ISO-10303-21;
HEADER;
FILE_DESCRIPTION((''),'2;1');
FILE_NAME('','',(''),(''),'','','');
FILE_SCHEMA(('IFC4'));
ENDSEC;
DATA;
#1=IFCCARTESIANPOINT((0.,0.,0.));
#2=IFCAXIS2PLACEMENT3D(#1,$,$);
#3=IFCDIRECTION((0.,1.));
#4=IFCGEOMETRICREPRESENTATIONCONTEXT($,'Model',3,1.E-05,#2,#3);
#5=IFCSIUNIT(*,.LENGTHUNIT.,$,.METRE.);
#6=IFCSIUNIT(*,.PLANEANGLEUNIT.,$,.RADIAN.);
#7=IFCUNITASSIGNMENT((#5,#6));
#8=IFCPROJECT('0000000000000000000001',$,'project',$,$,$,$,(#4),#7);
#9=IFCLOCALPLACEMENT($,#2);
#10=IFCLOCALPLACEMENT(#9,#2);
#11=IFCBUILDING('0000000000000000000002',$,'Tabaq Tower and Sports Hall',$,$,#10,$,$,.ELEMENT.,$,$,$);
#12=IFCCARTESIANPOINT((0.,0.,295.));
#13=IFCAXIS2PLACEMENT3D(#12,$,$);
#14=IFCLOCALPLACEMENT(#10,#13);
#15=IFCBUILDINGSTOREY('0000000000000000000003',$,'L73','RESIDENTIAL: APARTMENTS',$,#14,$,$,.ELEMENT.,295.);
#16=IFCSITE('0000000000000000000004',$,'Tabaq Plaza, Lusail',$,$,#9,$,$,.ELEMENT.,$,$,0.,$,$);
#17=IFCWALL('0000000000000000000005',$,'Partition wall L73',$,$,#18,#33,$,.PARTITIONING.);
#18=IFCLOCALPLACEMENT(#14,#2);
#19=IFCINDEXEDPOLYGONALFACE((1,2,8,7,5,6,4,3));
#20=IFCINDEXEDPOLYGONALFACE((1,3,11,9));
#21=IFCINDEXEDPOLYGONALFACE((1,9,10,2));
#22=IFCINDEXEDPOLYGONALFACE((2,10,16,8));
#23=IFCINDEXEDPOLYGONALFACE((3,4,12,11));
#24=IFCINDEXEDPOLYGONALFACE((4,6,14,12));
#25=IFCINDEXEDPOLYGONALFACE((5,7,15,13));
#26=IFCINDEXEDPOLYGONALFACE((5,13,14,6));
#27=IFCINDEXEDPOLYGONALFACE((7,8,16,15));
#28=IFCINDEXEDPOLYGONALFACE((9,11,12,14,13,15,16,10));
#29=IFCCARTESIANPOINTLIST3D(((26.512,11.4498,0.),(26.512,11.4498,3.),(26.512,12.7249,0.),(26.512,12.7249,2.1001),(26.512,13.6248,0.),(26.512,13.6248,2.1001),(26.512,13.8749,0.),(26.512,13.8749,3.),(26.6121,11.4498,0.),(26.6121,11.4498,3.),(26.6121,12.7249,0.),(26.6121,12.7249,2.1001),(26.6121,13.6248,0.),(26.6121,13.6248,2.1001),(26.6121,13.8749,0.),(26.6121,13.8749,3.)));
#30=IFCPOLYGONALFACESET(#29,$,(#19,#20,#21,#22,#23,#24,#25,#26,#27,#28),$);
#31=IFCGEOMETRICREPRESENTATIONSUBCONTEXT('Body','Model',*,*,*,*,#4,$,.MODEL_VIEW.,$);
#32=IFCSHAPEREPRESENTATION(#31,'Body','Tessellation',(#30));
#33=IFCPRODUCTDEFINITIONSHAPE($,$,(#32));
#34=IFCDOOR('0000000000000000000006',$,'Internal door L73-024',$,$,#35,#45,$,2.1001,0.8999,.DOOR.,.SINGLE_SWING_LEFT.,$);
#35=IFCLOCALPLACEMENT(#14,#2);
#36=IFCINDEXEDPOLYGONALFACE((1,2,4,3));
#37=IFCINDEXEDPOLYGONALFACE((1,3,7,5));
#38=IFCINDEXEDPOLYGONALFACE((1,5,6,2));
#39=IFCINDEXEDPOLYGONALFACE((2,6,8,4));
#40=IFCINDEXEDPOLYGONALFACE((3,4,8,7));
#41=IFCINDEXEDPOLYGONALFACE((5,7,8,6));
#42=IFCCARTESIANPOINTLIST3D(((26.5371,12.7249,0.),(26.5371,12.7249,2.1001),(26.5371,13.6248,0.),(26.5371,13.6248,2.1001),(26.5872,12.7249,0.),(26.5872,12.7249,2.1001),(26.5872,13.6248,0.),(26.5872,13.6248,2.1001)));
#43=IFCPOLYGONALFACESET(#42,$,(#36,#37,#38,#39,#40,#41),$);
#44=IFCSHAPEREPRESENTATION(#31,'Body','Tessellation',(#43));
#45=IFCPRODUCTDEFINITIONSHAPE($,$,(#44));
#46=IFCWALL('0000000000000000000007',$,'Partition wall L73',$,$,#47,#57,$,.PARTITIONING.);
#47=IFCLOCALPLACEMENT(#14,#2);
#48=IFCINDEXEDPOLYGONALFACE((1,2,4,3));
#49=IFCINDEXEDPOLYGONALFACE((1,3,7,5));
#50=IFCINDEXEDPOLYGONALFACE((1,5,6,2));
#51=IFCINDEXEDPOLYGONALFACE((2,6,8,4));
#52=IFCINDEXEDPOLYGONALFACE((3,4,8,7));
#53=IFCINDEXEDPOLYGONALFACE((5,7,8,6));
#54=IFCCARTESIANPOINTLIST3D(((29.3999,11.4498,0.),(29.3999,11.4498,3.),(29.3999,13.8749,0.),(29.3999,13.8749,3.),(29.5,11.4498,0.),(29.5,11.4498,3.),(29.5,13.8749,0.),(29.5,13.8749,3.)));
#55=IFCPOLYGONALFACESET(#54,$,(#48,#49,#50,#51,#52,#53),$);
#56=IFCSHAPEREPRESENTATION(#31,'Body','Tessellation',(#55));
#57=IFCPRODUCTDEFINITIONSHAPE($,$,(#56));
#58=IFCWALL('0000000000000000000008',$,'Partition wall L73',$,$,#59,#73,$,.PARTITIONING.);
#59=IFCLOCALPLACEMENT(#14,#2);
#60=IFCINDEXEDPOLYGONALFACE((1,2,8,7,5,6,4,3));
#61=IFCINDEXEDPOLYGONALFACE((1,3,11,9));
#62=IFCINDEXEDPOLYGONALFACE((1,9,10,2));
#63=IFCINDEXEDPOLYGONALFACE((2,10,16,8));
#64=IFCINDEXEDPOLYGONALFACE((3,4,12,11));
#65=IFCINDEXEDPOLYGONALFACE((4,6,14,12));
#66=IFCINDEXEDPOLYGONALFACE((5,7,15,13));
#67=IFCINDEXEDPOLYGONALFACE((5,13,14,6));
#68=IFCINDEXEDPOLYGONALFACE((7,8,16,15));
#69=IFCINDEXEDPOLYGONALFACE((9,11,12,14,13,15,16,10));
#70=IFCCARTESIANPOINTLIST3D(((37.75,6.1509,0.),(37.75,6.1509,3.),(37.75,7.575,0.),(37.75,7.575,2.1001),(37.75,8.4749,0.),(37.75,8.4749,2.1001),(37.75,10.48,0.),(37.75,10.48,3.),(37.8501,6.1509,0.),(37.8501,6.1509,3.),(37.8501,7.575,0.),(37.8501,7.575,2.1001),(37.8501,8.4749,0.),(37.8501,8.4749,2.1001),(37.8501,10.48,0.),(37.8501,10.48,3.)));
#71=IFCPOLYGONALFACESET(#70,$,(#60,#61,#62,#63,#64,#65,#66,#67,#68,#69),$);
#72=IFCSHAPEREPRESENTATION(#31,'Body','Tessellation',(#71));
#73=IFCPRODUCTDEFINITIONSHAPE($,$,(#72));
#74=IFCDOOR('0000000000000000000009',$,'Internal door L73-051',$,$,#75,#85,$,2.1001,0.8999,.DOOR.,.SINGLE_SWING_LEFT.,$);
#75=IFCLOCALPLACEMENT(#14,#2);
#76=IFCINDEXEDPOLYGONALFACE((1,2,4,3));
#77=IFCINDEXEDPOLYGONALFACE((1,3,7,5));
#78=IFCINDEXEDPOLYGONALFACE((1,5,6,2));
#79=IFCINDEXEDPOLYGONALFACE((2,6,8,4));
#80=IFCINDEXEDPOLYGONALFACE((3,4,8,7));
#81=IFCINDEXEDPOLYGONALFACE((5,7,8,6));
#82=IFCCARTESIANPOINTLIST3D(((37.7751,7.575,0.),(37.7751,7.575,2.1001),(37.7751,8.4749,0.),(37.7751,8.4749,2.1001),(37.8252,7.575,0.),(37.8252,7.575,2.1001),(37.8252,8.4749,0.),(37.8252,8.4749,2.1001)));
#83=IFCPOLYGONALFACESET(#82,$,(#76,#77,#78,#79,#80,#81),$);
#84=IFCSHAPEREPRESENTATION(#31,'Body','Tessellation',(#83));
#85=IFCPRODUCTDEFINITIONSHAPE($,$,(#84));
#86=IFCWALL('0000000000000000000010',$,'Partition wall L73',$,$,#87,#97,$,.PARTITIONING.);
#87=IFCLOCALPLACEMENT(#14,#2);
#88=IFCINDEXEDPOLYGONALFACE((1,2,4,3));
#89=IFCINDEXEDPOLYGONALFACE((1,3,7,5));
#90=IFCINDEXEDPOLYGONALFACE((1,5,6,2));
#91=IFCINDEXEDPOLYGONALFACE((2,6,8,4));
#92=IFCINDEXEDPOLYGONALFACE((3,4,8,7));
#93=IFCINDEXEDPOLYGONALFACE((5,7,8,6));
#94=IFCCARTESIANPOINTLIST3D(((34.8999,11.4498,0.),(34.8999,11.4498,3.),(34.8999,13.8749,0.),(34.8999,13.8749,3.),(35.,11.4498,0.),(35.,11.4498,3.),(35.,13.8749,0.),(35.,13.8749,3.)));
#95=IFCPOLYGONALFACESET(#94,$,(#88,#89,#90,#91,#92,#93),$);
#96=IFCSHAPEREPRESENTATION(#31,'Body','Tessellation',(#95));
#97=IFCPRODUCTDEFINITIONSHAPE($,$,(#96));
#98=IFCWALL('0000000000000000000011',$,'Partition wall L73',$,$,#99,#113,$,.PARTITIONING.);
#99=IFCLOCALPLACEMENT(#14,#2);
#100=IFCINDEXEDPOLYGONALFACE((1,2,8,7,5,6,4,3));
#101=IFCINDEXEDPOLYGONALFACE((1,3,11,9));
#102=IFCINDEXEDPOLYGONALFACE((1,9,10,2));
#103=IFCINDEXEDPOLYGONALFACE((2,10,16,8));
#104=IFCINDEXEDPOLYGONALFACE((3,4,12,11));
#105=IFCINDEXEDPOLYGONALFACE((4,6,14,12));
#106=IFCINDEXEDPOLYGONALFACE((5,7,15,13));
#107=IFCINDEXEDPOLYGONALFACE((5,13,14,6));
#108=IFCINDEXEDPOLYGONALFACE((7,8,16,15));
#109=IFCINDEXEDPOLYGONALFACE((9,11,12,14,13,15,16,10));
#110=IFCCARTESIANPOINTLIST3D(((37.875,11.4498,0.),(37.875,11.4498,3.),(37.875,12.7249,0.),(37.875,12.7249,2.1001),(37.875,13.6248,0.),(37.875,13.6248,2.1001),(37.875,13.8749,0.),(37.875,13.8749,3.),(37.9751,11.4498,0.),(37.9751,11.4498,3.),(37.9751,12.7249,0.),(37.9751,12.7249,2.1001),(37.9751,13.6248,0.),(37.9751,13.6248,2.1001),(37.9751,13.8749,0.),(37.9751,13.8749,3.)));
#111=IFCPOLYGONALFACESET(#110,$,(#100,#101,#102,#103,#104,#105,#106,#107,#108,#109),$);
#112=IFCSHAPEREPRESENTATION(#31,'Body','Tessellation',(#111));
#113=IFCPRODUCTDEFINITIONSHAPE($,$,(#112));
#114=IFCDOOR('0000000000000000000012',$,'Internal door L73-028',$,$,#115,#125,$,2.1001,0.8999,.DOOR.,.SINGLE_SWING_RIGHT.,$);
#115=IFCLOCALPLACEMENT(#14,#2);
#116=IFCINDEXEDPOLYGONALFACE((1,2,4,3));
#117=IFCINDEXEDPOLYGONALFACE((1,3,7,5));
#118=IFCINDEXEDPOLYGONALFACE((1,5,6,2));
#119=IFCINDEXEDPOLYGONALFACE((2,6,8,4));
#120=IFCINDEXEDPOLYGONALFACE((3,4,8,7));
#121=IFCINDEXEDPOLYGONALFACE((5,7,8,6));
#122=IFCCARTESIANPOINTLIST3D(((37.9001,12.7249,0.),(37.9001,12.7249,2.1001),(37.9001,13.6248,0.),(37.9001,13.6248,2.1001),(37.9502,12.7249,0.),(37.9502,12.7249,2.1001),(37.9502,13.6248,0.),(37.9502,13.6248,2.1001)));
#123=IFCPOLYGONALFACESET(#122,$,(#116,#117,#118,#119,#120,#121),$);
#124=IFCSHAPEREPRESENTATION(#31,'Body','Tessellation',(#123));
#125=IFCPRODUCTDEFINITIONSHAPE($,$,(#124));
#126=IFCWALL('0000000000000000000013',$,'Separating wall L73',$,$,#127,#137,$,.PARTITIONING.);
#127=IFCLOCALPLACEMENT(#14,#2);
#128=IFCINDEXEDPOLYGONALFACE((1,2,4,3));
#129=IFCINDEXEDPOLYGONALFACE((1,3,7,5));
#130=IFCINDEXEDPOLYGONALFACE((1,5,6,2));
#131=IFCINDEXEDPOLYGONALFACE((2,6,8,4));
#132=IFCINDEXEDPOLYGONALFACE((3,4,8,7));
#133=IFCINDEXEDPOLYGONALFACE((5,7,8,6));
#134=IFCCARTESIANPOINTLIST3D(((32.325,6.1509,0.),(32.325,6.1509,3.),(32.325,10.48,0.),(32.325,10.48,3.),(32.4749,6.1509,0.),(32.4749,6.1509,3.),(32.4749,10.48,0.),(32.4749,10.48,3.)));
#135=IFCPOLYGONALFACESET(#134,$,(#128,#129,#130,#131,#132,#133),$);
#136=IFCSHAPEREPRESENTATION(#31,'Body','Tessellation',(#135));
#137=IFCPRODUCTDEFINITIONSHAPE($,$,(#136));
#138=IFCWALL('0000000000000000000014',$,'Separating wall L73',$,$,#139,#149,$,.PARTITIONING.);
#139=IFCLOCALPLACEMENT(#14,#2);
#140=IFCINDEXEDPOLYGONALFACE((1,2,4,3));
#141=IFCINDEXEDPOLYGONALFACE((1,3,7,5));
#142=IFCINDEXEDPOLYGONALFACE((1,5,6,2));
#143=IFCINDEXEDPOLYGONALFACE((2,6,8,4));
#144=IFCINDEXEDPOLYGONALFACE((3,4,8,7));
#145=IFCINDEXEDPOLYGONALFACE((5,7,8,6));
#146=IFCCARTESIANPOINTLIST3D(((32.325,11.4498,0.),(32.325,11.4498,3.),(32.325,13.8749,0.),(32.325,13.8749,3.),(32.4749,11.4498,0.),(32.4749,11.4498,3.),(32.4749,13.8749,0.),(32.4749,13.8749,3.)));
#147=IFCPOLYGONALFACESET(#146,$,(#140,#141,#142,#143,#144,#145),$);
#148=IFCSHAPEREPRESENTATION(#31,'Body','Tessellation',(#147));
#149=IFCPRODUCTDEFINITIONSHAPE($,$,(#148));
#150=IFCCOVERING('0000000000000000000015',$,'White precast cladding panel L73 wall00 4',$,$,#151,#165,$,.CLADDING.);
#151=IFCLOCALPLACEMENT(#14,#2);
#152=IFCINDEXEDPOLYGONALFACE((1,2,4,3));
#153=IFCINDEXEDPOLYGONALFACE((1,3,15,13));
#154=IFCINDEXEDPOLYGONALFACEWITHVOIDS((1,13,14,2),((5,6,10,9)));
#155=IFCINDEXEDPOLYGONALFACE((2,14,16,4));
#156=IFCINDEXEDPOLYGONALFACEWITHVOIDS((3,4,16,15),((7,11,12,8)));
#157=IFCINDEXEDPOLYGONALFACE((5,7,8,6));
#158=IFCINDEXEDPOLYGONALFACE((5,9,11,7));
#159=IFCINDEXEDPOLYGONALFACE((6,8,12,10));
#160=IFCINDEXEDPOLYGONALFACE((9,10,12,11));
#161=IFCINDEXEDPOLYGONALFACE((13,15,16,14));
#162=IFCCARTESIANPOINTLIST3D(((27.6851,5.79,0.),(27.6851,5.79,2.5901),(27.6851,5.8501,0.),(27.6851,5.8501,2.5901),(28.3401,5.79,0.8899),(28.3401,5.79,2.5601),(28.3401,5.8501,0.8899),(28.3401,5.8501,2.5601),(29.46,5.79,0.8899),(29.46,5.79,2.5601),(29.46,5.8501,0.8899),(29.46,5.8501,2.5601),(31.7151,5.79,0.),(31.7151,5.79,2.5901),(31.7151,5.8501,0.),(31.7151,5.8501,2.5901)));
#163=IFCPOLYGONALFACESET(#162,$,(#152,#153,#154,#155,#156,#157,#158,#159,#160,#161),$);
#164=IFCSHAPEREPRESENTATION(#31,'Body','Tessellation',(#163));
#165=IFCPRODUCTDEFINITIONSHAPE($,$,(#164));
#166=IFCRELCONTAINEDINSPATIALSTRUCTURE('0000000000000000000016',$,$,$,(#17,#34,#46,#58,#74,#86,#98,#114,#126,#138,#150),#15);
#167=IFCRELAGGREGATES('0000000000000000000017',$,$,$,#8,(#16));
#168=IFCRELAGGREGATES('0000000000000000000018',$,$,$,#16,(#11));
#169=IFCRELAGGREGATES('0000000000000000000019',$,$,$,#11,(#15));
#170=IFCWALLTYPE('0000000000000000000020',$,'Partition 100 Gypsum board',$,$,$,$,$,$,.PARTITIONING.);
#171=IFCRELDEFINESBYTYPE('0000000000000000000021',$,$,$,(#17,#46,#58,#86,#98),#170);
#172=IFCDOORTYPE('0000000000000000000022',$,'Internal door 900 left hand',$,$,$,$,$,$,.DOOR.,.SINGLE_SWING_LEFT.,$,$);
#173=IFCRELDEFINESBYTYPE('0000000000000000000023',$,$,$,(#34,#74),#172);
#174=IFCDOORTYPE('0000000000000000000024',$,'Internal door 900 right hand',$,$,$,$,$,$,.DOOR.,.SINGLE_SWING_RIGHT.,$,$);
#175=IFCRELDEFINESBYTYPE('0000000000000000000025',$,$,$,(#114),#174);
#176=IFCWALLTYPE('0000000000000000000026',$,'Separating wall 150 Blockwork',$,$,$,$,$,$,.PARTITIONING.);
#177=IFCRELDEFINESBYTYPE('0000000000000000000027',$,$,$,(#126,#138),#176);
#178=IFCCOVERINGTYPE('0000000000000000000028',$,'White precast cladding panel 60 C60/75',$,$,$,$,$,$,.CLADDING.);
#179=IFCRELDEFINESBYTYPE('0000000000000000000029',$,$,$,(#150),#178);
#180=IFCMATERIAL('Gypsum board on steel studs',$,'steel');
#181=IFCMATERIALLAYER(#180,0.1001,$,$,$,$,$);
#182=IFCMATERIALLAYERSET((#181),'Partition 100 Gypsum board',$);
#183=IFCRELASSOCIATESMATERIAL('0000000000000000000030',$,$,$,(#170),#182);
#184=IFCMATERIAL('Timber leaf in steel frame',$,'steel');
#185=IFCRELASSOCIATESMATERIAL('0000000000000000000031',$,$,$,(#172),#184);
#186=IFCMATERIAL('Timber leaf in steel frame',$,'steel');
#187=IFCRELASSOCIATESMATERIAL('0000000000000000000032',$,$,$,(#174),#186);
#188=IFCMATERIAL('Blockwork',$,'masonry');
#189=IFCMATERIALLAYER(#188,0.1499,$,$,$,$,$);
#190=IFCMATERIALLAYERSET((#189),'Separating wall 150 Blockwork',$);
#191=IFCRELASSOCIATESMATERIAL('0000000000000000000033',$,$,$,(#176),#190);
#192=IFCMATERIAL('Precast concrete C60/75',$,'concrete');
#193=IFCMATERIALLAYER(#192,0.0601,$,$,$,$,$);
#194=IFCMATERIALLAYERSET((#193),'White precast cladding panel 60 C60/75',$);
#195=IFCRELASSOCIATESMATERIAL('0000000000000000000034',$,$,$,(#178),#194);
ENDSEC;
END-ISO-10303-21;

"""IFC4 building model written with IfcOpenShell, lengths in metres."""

from ifc_helpers import new_model, si_unit, direction, frame, frame_2d, origin, place, context, subcontext, project, spatial, polyline, rectangle, outline, extrude, material, layer, layer_set, type_object, element, fill, save


model = new_model("IFC4")

# Units and contexts
model_context = context("Model", 3, precision=1e-05, world=origin(), true_north=direction((0.0, 1.0)))
body_context = subcontext(model_context, "Body", "Model", "MODEL_VIEW")
ifc_project = project(units=[si_unit("LENGTHUNIT", "METRE"), si_unit("PLANEANGLEUNIT", "RADIAN")], contexts=[model_context])

# Site, building, storey
site_placement = place(None, origin())
site = spatial("IfcSite", under=ifc_project, at=site_placement, Name="Tabaq Plaza, Lusail", CompositionType="ELEMENT", RefElevation=0.0)
building_placement = place(site_placement, origin())
building = spatial("IfcBuilding", under=site, at=building_placement, Name="Tabaq Tower and Sports Hall", CompositionType="ELEMENT")
storey_placement = place(building_placement, frame((0.0, 0.0, 295.0)))
storey = spatial("IfcBuildingStorey", under=building, at=storey_placement, Name="L73", Description="RESIDENTIAL: APARTMENTS", CompositionType="ELEMENT", Elevation=295.0)

# Shared definitions
ifc_material_1 = material(Name="Gypsum board on steel studs", Category="steel")
ifc_layer_1 = layer(ifc_material_1, 0.1001)
ifc_layer_set_1 = layer_set([ifc_layer_1], Name="Partition 100 Gypsum board")
wall_type_1 = type_object("IfcWallType", Name="Partition 100 Gypsum board", PredefinedType="PARTITIONING", material=ifc_layer_set_1)
ifc_material_2 = material(Name="Timber leaf in steel frame", Category="steel")
door_type_1 = type_object("IfcDoorType", Name="Internal door 900 left hand", OperationType="SINGLE_SWING_LEFT", PredefinedType="DOOR", material=ifc_material_2)
ifc_material_3 = material(Name="Timber leaf in steel frame", Category="steel")
door_type_2 = type_object("IfcDoorType", Name="Internal door 900 right hand", OperationType="SINGLE_SWING_RIGHT", PredefinedType="DOOR", material=ifc_material_3)

# Wall, opening, door
wall_1_placement = place(storey_placement, frame((26.562, 11.45, 0.0), z_axis=(0.0, 0.0, 1.0), x_axis=(0.0, 1.0, 0.0)))
wall_1 = element("IfcWall", 1, at=wall_1_placement, inside=storey, type_object=wall_type_1, Name="Partition wall L73", PredefinedType="PARTITIONING", context=body_context, shape_type="SweptSolid", body=[
    extrude(rectangle(XDim=2.425, YDim=0.1001, at=frame_2d((1.2124, 0.0))), origin(), (0.0, 0.0, 1.0), 3.0),
])
opening_1_placement = place(wall_1_placement, frame((1.2749, 0.0, 0.0)))
opening_1 = element("IfcOpeningElement", 2, at=opening_1_placement, cuts=wall_1, PredefinedType="OPENING", context=body_context, shape_type="SweptSolid", body=[
    extrude(rectangle(XDim=0.8999, YDim=2.1001, at=frame_2d((0.45, 1.05))), frame((0.0, 0.05, 0.0), z_axis=(0.0, -1.0, 0.0), x_axis=(1.0, 0.0, 0.0)), (0.0, 0.0, 1.0), 0.1001),
])
door_1_placement = place(opening_1_placement, origin())
door_1 = element("IfcDoor", 3, at=door_1_placement, inside=storey, type_object=door_type_1, Name="Internal door L73-024", OperationType="SINGLE_SWING_LEFT", OverallHeight=2.1001, OverallWidth=0.8999, PredefinedType="DOOR", context=body_context, shape_type="SweptSolid", body=[
    extrude(rectangle(XDim=0.8999, YDim=2.1001, at=frame_2d((0.45, 1.05))), frame((0.0, 0.0249, 0.0), z_axis=(0.0, -1.0, 0.0), x_axis=(1.0, 0.0, 0.0)), (0.0, 0.0, 1.0), 0.05),
])
fill(opening_1, door_1)

# Wall
wall_2_placement = place(storey_placement, frame((29.45, 11.45, 0.0), z_axis=(0.0, 0.0, 1.0), x_axis=(0.0, 1.0, 0.0)))
element("IfcWall", 4, at=wall_2_placement, inside=storey, type_object=wall_type_1, Name="Partition wall L73", PredefinedType="PARTITIONING", context=body_context, shape_type="SweptSolid", body=[
    extrude(rectangle(XDim=2.425, YDim=0.1001, at=frame_2d((1.2124, 0.0))), origin(), (0.0, 0.0, 1.0), 3.0),
])

# Wall, opening, door
wall_3_placement = place(storey_placement, frame((37.8, 6.1509, 0.0), z_axis=(0.0, 0.0, 1.0), x_axis=(0.0, 1.0, 0.0)))
wall_3 = element("IfcWall", 5, at=wall_3_placement, inside=storey, type_object=wall_type_1, Name="Partition wall L73", PredefinedType="PARTITIONING", context=body_context, shape_type="SweptSolid", body=[
    extrude(rectangle(XDim=4.3291, YDim=0.1001, at=frame_2d((2.1646, 0.0))), origin(), (0.0, 0.0, 1.0), 3.0),
])
opening_2_placement = place(wall_3_placement, frame((1.4241, 0.0, 0.0)))
opening_2 = element("IfcOpeningElement", 6, at=opening_2_placement, cuts=wall_3, PredefinedType="OPENING", context=body_context, shape_type="SweptSolid", body=[
    extrude(rectangle(XDim=0.8999, YDim=2.1001, at=frame_2d((0.45, 1.05))), frame((0.0, 0.05, 0.0), z_axis=(0.0, -1.0, 0.0), x_axis=(1.0, 0.0, 0.0)), (0.0, 0.0, 1.0), 0.1001),
])
door_2_placement = place(opening_2_placement, origin())
door_2 = element("IfcDoor", 7, at=door_2_placement, inside=storey, type_object=door_type_1, Name="Internal door L73-051", OperationType="SINGLE_SWING_LEFT", OverallHeight=2.1001, OverallWidth=0.8999, PredefinedType="DOOR", context=body_context, shape_type="SweptSolid", body=[
    extrude(rectangle(XDim=0.8999, YDim=2.1001, at=frame_2d((0.45, 1.05))), frame((0.0, 0.0249, 0.0), z_axis=(0.0, -1.0, 0.0), x_axis=(1.0, 0.0, 0.0)), (0.0, 0.0, 1.0), 0.05),
])
fill(opening_2, door_2)

# Wall
wall_4_placement = place(storey_placement, frame((34.95, 11.45, 0.0), z_axis=(0.0, 0.0, 1.0), x_axis=(0.0, 1.0, 0.0)))
element("IfcWall", 8, at=wall_4_placement, inside=storey, type_object=wall_type_1, Name="Partition wall L73", PredefinedType="PARTITIONING", context=body_context, shape_type="SweptSolid", body=[
    extrude(rectangle(XDim=2.425, YDim=0.1001, at=frame_2d((1.2124, 0.0))), origin(), (0.0, 0.0, 1.0), 3.0),
])

# Wall, opening, door
wall_5_placement = place(storey_placement, frame((37.925, 11.45, 0.0), z_axis=(0.0, 0.0, 1.0), x_axis=(0.0, 1.0, 0.0)))
wall_5 = element("IfcWall", 9, at=wall_5_placement, inside=storey, type_object=wall_type_1, Name="Partition wall L73", PredefinedType="PARTITIONING", context=body_context, shape_type="SweptSolid", body=[
    extrude(rectangle(XDim=2.425, YDim=0.1001, at=frame_2d((1.2124, 0.0))), origin(), (0.0, 0.0, 1.0), 3.0),
])
opening_3_placement = place(wall_5_placement, frame((1.2749, 0.0, 0.0)))
opening_3 = element("IfcOpeningElement", 10, at=opening_3_placement, cuts=wall_5, PredefinedType="OPENING", context=body_context, shape_type="SweptSolid", body=[
    extrude(rectangle(XDim=0.8999, YDim=2.1001, at=frame_2d((0.45, 1.05))), frame((0.0, 0.05, 0.0), z_axis=(0.0, -1.0, 0.0), x_axis=(1.0, 0.0, 0.0)), (0.0, 0.0, 1.0), 0.1001),
])
door_3_placement = place(opening_3_placement, origin())
door_3 = element("IfcDoor", 11, at=door_3_placement, inside=storey, type_object=door_type_2, Name="Internal door L73-028", OperationType="SINGLE_SWING_RIGHT", OverallHeight=2.1001, OverallWidth=0.8999, PredefinedType="DOOR", context=body_context, shape_type="SweptSolid", body=[
    extrude(rectangle(XDim=0.8999, YDim=2.1001, at=frame_2d((0.45, 1.05))), frame((0.0, 0.0249, 0.0), z_axis=(0.0, -1.0, 0.0), x_axis=(1.0, 0.0, 0.0)), (0.0, 0.0, 1.0), 0.05),
])
fill(opening_3, door_3)

# Walls
ifc_material_4 = material(Name="Blockwork", Category="masonry")
ifc_layer_2 = layer(ifc_material_4, 0.1499)
ifc_layer_set_2 = layer_set([ifc_layer_2], Name="Separating wall 150 Blockwork")
wall_type_2 = type_object("IfcWallType", Name="Separating wall 150 Blockwork", PredefinedType="PARTITIONING", material=ifc_layer_set_2)
wall_6_placement = place(storey_placement, frame((32.3999, 6.1509, 0.0), z_axis=(0.0, 0.0, 1.0), x_axis=(0.0, 1.0, 0.0)))
element("IfcWall", 12, at=wall_6_placement, inside=storey, type_object=wall_type_2, Name="Separating wall L73", PredefinedType="PARTITIONING", context=body_context, shape_type="SweptSolid", body=[
    extrude(rectangle(XDim=4.3291, YDim=0.1499, at=frame_2d((2.1646, 0.0))), origin(), (0.0, 0.0, 1.0), 3.0),
])
wall_7_placement = place(storey_placement, frame((32.3999, 11.45, 0.0), z_axis=(0.0, 0.0, 1.0), x_axis=(0.0, 1.0, 0.0)))
element("IfcWall", 13, at=wall_7_placement, inside=storey, type_object=wall_type_2, Name="Separating wall L73", PredefinedType="PARTITIONING", context=body_context, shape_type="SweptSolid", body=[
    extrude(rectangle(XDim=2.425, YDim=0.1499, at=frame_2d((1.2124, 0.0))), origin(), (0.0, 0.0, 1.0), 3.0),
])

# Covering
ifc_material_5 = material(Name="Precast concrete C60/75", Category="concrete")
ifc_layer_3 = layer(ifc_material_5, 0.0601)
ifc_layer_set_3 = layer_set([ifc_layer_3], Name="White precast cladding panel 60 C60/75")
covering_type = type_object("IfcCoveringType", Name="White precast cladding panel 60 C60/75", PredefinedType="CLADDING", material=ifc_layer_set_3)
covering_1_placement = place(storey_placement, frame((27.6851, 5.8201, 0.0), z_axis=(0.0, 0.0, 1.0), x_axis=(1.0, 0.0, 0.0)))
element("IfcCovering", 14, at=covering_1_placement, inside=storey, type_object=covering_type, Name="White precast cladding panel L73 wall00 4", PredefinedType="CLADDING", context=body_context, shape_type="SweptSolid", body=[
    extrude(outline(polyline([(0.0, 0.0), (4.03, 0.0), (4.03, 2.5901), (0.0, 2.5901), (0.0, 0.0)]), holes=[polyline([(1.7749, 0.8899), (0.655, 0.8899), (0.655, 2.5601), (1.7749, 2.5601), (1.7749, 0.8899)])]), frame((0.0, 0.03, 0.0), z_axis=(0.0, -1.0, 0.0), x_axis=(1.0, 0.0, 0.0)), (0.0, 0.0, 1.0), 0.0601),
])

save(model, "model.ifc")
